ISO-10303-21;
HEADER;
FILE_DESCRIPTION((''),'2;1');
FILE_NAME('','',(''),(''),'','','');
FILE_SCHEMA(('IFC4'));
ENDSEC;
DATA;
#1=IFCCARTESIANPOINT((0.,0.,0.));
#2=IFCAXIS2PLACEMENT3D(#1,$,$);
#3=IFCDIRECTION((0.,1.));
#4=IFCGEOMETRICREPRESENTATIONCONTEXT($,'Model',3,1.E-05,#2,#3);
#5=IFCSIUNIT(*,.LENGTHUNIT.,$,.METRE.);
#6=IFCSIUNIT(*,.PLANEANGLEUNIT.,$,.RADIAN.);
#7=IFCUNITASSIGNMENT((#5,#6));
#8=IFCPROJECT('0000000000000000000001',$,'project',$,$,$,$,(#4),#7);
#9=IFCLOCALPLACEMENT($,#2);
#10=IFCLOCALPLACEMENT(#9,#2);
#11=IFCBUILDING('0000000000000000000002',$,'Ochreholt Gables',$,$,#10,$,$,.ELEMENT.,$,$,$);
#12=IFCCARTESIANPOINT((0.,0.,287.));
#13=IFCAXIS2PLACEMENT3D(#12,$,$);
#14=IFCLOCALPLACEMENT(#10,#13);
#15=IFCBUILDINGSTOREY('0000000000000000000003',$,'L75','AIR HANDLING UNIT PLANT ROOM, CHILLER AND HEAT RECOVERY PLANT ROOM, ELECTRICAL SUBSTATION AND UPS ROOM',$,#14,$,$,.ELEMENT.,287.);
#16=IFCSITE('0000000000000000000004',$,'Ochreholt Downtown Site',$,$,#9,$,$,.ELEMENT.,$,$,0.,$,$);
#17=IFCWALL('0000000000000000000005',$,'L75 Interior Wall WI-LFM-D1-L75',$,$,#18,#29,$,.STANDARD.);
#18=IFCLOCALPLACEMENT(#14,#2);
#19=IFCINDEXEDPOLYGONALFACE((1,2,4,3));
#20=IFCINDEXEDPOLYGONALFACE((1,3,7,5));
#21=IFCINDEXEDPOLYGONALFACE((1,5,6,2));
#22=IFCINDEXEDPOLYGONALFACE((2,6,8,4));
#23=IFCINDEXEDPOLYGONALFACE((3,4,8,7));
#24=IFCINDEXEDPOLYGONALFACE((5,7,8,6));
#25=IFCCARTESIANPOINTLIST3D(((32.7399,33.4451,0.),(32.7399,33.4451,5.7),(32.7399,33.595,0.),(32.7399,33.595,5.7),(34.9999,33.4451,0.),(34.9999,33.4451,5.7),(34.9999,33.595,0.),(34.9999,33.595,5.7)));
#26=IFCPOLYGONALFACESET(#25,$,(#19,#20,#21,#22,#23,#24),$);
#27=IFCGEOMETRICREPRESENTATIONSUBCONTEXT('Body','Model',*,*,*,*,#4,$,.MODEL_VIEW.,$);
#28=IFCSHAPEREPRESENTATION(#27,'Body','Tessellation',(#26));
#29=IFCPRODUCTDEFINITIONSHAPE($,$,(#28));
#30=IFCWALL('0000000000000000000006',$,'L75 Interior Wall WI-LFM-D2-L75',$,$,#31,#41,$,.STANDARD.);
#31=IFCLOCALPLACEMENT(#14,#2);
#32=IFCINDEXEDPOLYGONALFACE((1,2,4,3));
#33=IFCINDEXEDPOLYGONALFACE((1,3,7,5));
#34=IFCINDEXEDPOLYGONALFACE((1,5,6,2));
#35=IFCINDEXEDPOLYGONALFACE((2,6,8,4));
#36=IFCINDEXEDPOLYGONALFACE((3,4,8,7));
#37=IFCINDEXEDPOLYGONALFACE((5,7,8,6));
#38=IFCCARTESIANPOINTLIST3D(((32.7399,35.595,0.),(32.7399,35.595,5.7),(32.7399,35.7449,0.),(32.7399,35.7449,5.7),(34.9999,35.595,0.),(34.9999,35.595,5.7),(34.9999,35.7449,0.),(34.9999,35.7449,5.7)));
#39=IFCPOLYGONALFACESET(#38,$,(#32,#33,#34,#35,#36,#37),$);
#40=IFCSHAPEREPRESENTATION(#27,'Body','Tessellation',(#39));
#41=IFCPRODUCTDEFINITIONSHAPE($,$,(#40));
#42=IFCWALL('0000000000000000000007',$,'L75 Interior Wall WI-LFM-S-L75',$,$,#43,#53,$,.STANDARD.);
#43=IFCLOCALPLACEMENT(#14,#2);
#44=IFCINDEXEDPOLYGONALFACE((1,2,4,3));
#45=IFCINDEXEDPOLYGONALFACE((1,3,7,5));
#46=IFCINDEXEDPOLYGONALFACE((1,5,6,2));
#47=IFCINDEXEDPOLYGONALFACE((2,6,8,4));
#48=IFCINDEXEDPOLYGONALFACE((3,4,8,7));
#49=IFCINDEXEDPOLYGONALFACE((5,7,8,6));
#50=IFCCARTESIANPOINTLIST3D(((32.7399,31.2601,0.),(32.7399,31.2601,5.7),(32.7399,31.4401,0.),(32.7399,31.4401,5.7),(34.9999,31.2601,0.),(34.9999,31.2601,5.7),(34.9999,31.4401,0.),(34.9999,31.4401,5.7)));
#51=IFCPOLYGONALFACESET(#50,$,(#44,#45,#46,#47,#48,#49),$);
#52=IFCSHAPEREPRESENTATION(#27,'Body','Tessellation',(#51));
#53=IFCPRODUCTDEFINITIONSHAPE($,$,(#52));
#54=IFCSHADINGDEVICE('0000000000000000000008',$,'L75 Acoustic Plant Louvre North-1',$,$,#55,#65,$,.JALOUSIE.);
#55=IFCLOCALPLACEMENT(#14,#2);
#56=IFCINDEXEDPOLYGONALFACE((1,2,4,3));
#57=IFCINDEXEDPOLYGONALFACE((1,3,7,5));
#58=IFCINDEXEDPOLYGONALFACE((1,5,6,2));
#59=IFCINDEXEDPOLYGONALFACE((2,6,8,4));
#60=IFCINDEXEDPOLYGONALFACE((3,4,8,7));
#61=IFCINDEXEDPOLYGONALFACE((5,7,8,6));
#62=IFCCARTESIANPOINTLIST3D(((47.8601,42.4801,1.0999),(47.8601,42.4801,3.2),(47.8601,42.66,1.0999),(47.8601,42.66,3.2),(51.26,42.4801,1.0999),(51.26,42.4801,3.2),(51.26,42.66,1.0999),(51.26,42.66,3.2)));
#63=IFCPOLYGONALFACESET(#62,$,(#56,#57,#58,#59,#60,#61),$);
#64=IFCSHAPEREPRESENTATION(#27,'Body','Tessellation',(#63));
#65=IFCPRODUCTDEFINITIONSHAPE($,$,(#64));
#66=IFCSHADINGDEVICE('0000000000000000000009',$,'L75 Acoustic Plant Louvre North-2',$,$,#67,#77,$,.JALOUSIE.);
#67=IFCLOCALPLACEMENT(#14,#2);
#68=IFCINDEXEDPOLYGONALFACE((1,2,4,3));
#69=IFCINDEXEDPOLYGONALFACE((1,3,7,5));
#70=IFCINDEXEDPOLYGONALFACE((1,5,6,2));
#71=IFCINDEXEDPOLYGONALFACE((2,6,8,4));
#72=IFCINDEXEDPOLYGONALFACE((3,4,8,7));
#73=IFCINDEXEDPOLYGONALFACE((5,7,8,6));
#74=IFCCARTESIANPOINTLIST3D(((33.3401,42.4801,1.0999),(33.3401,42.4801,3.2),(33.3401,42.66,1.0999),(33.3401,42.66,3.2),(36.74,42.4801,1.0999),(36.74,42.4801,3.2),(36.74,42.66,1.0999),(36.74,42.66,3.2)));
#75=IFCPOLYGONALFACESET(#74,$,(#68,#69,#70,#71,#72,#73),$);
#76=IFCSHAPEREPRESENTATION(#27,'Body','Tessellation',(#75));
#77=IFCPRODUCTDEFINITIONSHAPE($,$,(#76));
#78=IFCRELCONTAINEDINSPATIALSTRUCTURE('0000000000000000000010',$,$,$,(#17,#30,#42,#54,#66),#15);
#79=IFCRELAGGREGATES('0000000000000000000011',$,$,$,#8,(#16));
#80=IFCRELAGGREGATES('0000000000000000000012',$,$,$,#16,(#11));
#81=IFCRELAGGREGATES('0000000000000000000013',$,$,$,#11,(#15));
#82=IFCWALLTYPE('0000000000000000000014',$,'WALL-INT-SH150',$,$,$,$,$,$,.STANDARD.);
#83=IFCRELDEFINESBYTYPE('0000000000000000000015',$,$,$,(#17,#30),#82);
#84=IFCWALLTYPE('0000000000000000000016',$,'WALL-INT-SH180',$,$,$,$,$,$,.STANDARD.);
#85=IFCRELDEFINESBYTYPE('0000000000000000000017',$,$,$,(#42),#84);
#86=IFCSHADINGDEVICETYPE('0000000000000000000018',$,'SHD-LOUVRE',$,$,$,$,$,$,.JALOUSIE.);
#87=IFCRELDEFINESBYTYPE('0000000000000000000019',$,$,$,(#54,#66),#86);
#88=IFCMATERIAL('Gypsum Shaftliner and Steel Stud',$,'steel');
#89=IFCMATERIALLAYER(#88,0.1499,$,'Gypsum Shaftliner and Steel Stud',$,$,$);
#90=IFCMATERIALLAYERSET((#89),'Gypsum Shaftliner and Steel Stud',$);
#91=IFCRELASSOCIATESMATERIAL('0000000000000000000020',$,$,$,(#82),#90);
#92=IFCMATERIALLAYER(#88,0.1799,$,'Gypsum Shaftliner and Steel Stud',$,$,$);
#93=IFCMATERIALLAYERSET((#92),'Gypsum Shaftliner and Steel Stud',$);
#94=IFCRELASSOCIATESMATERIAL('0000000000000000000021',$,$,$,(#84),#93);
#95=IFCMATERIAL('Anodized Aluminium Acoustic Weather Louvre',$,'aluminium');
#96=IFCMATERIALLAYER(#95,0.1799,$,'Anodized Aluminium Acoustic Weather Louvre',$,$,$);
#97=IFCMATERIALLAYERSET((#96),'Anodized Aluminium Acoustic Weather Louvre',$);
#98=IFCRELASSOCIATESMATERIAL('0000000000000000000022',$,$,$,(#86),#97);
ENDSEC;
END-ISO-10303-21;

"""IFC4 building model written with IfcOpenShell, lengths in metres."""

from ifc_helpers import new_model, si_unit, direction, frame, frame_2d, origin, origin_2d, place, context, subcontext, project, spatial, rectangle, extrude, material, layer, layer_set, type_object, element, save


model = new_model("IFC4")

# Units and contexts
model_context = context("Model", 3, precision=1e-05, world=origin(), true_north=direction((0.0, 1.0)))
body_context = subcontext(model_context, "Body", "Model", "MODEL_VIEW")
ifc_project = project(units=[si_unit("LENGTHUNIT", "METRE"), si_unit("PLANEANGLEUNIT", "RADIAN")], contexts=[model_context])

# Site, building, storey
site_placement = place(None, origin())
site = spatial("IfcSite", under=ifc_project, at=site_placement, Name="Ochreholt Downtown Site", CompositionType="ELEMENT", RefElevation=0.0)
building_placement = place(site_placement, origin())
building = spatial("IfcBuilding", under=site, at=building_placement, Name="Ochreholt Gables", CompositionType="ELEMENT")
storey_placement = place(building_placement, frame((0.0, 0.0, 287.0)))
storey = spatial("IfcBuildingStorey", under=building, at=storey_placement, Name="L75", Description="AIR HANDLING UNIT PLANT ROOM, CHILLER AND HEAT RECOVERY PLANT ROOM, ELECTRICAL SUBSTATION AND UPS ROOM", CompositionType="ELEMENT", Elevation=287.0)

# Walls
ifc_material_1 = material(Name="Gypsum Shaftliner and Steel Stud", Category="steel")
ifc_layer_1 = layer(ifc_material_1, 0.1499, Name="Gypsum Shaftliner and Steel Stud")
ifc_layer_set_1 = layer_set([ifc_layer_1], Name="Gypsum Shaftliner and Steel Stud")
wall_type_1 = type_object("IfcWallType", Name="WALL-INT-SH150", PredefinedType="STANDARD", material=ifc_layer_set_1)
for number, where, z_axis, x_axis, name in (
    (1, (32.74, 33.52, 0.0), (0.0, 0.0, 1.0), (1.0, 0.0, 0.0), "L75 Interior Wall WI-LFM-D1-L75"),
    (2, (32.74, 35.6699, 0.0), (0.0, 0.0, 1.0), (1.0, 0.0, 0.0), "L75 Interior Wall WI-LFM-D2-L75"),
):
    element("IfcWall", number, at=place(storey_placement, frame(where, z_axis=z_axis, x_axis=x_axis)), inside=storey, type_object=wall_type_1, Name=name, PredefinedType="STANDARD", context=body_context, shape_type="SweptSolid", body=[
        extrude(rectangle(XDim=2.26, YDim=0.1499, at=frame_2d((1.1299, 0.0))), origin(), (0.0, 0.0, 1.0), 5.7),
    ])
ifc_layer_2 = layer(ifc_material_1, 0.1799, Name="Gypsum Shaftliner and Steel Stud")
ifc_layer_set_2 = layer_set([ifc_layer_2], Name="Gypsum Shaftliner and Steel Stud")
wall_type_2 = type_object("IfcWallType", Name="WALL-INT-SH180", PredefinedType="STANDARD", material=ifc_layer_set_2)
wall_1_placement = place(storey_placement, frame((32.74, 31.3501, 0.0), z_axis=(0.0, 0.0, 1.0), x_axis=(1.0, 0.0, 0.0)))
element("IfcWall", 3, at=wall_1_placement, inside=storey, type_object=wall_type_2, Name="L75 Interior Wall WI-LFM-S-L75", PredefinedType="STANDARD", context=body_context, shape_type="SweptSolid", body=[
    extrude(rectangle(XDim=2.26, YDim=0.1799, at=frame_2d((1.1299, 0.0))), origin(), (0.0, 0.0, 1.0), 5.7),
])

# Shading devices
ifc_material_2 = material(Name="Anodized Aluminium Acoustic Weather Louvre", Category="aluminium")
ifc_layer_3 = layer(ifc_material_2, 0.1799, Name="Anodized Aluminium Acoustic Weather Louvre")
ifc_layer_set_3 = layer_set([ifc_layer_3], Name="Anodized Aluminium Acoustic Weather Louvre")
shading_device_type = type_object("IfcShadingDeviceType", Name="SHD-LOUVRE", PredefinedType="JALOUSIE", material=ifc_layer_set_3)
for number, where, z_axis, x_axis, name in (
    (4, (49.5601, 42.5701, 1.0999), (0.0, 0.0, 1.0), (-1.0, 0.0, 0.0), "L75 Acoustic Plant Louvre North-1"),
    (5, (35.04, 42.5701, 1.0999), (0.0, 0.0, 1.0), (-1.0, 0.0, 0.0), "L75 Acoustic Plant Louvre North-2"),
):
    element("IfcShadingDevice", number, at=place(storey_placement, frame(where, z_axis=z_axis, x_axis=x_axis)), inside=storey, type_object=shading_device_type, Name=name, PredefinedType="JALOUSIE", context=body_context, shape_type="SweptSolid", body=[
        extrude(rectangle(XDim=3.3999, YDim=0.1799, at=origin_2d()), origin(), (0.0, 0.0, 1.0), 2.1001),
    ])

save(model, "model.ifc")
